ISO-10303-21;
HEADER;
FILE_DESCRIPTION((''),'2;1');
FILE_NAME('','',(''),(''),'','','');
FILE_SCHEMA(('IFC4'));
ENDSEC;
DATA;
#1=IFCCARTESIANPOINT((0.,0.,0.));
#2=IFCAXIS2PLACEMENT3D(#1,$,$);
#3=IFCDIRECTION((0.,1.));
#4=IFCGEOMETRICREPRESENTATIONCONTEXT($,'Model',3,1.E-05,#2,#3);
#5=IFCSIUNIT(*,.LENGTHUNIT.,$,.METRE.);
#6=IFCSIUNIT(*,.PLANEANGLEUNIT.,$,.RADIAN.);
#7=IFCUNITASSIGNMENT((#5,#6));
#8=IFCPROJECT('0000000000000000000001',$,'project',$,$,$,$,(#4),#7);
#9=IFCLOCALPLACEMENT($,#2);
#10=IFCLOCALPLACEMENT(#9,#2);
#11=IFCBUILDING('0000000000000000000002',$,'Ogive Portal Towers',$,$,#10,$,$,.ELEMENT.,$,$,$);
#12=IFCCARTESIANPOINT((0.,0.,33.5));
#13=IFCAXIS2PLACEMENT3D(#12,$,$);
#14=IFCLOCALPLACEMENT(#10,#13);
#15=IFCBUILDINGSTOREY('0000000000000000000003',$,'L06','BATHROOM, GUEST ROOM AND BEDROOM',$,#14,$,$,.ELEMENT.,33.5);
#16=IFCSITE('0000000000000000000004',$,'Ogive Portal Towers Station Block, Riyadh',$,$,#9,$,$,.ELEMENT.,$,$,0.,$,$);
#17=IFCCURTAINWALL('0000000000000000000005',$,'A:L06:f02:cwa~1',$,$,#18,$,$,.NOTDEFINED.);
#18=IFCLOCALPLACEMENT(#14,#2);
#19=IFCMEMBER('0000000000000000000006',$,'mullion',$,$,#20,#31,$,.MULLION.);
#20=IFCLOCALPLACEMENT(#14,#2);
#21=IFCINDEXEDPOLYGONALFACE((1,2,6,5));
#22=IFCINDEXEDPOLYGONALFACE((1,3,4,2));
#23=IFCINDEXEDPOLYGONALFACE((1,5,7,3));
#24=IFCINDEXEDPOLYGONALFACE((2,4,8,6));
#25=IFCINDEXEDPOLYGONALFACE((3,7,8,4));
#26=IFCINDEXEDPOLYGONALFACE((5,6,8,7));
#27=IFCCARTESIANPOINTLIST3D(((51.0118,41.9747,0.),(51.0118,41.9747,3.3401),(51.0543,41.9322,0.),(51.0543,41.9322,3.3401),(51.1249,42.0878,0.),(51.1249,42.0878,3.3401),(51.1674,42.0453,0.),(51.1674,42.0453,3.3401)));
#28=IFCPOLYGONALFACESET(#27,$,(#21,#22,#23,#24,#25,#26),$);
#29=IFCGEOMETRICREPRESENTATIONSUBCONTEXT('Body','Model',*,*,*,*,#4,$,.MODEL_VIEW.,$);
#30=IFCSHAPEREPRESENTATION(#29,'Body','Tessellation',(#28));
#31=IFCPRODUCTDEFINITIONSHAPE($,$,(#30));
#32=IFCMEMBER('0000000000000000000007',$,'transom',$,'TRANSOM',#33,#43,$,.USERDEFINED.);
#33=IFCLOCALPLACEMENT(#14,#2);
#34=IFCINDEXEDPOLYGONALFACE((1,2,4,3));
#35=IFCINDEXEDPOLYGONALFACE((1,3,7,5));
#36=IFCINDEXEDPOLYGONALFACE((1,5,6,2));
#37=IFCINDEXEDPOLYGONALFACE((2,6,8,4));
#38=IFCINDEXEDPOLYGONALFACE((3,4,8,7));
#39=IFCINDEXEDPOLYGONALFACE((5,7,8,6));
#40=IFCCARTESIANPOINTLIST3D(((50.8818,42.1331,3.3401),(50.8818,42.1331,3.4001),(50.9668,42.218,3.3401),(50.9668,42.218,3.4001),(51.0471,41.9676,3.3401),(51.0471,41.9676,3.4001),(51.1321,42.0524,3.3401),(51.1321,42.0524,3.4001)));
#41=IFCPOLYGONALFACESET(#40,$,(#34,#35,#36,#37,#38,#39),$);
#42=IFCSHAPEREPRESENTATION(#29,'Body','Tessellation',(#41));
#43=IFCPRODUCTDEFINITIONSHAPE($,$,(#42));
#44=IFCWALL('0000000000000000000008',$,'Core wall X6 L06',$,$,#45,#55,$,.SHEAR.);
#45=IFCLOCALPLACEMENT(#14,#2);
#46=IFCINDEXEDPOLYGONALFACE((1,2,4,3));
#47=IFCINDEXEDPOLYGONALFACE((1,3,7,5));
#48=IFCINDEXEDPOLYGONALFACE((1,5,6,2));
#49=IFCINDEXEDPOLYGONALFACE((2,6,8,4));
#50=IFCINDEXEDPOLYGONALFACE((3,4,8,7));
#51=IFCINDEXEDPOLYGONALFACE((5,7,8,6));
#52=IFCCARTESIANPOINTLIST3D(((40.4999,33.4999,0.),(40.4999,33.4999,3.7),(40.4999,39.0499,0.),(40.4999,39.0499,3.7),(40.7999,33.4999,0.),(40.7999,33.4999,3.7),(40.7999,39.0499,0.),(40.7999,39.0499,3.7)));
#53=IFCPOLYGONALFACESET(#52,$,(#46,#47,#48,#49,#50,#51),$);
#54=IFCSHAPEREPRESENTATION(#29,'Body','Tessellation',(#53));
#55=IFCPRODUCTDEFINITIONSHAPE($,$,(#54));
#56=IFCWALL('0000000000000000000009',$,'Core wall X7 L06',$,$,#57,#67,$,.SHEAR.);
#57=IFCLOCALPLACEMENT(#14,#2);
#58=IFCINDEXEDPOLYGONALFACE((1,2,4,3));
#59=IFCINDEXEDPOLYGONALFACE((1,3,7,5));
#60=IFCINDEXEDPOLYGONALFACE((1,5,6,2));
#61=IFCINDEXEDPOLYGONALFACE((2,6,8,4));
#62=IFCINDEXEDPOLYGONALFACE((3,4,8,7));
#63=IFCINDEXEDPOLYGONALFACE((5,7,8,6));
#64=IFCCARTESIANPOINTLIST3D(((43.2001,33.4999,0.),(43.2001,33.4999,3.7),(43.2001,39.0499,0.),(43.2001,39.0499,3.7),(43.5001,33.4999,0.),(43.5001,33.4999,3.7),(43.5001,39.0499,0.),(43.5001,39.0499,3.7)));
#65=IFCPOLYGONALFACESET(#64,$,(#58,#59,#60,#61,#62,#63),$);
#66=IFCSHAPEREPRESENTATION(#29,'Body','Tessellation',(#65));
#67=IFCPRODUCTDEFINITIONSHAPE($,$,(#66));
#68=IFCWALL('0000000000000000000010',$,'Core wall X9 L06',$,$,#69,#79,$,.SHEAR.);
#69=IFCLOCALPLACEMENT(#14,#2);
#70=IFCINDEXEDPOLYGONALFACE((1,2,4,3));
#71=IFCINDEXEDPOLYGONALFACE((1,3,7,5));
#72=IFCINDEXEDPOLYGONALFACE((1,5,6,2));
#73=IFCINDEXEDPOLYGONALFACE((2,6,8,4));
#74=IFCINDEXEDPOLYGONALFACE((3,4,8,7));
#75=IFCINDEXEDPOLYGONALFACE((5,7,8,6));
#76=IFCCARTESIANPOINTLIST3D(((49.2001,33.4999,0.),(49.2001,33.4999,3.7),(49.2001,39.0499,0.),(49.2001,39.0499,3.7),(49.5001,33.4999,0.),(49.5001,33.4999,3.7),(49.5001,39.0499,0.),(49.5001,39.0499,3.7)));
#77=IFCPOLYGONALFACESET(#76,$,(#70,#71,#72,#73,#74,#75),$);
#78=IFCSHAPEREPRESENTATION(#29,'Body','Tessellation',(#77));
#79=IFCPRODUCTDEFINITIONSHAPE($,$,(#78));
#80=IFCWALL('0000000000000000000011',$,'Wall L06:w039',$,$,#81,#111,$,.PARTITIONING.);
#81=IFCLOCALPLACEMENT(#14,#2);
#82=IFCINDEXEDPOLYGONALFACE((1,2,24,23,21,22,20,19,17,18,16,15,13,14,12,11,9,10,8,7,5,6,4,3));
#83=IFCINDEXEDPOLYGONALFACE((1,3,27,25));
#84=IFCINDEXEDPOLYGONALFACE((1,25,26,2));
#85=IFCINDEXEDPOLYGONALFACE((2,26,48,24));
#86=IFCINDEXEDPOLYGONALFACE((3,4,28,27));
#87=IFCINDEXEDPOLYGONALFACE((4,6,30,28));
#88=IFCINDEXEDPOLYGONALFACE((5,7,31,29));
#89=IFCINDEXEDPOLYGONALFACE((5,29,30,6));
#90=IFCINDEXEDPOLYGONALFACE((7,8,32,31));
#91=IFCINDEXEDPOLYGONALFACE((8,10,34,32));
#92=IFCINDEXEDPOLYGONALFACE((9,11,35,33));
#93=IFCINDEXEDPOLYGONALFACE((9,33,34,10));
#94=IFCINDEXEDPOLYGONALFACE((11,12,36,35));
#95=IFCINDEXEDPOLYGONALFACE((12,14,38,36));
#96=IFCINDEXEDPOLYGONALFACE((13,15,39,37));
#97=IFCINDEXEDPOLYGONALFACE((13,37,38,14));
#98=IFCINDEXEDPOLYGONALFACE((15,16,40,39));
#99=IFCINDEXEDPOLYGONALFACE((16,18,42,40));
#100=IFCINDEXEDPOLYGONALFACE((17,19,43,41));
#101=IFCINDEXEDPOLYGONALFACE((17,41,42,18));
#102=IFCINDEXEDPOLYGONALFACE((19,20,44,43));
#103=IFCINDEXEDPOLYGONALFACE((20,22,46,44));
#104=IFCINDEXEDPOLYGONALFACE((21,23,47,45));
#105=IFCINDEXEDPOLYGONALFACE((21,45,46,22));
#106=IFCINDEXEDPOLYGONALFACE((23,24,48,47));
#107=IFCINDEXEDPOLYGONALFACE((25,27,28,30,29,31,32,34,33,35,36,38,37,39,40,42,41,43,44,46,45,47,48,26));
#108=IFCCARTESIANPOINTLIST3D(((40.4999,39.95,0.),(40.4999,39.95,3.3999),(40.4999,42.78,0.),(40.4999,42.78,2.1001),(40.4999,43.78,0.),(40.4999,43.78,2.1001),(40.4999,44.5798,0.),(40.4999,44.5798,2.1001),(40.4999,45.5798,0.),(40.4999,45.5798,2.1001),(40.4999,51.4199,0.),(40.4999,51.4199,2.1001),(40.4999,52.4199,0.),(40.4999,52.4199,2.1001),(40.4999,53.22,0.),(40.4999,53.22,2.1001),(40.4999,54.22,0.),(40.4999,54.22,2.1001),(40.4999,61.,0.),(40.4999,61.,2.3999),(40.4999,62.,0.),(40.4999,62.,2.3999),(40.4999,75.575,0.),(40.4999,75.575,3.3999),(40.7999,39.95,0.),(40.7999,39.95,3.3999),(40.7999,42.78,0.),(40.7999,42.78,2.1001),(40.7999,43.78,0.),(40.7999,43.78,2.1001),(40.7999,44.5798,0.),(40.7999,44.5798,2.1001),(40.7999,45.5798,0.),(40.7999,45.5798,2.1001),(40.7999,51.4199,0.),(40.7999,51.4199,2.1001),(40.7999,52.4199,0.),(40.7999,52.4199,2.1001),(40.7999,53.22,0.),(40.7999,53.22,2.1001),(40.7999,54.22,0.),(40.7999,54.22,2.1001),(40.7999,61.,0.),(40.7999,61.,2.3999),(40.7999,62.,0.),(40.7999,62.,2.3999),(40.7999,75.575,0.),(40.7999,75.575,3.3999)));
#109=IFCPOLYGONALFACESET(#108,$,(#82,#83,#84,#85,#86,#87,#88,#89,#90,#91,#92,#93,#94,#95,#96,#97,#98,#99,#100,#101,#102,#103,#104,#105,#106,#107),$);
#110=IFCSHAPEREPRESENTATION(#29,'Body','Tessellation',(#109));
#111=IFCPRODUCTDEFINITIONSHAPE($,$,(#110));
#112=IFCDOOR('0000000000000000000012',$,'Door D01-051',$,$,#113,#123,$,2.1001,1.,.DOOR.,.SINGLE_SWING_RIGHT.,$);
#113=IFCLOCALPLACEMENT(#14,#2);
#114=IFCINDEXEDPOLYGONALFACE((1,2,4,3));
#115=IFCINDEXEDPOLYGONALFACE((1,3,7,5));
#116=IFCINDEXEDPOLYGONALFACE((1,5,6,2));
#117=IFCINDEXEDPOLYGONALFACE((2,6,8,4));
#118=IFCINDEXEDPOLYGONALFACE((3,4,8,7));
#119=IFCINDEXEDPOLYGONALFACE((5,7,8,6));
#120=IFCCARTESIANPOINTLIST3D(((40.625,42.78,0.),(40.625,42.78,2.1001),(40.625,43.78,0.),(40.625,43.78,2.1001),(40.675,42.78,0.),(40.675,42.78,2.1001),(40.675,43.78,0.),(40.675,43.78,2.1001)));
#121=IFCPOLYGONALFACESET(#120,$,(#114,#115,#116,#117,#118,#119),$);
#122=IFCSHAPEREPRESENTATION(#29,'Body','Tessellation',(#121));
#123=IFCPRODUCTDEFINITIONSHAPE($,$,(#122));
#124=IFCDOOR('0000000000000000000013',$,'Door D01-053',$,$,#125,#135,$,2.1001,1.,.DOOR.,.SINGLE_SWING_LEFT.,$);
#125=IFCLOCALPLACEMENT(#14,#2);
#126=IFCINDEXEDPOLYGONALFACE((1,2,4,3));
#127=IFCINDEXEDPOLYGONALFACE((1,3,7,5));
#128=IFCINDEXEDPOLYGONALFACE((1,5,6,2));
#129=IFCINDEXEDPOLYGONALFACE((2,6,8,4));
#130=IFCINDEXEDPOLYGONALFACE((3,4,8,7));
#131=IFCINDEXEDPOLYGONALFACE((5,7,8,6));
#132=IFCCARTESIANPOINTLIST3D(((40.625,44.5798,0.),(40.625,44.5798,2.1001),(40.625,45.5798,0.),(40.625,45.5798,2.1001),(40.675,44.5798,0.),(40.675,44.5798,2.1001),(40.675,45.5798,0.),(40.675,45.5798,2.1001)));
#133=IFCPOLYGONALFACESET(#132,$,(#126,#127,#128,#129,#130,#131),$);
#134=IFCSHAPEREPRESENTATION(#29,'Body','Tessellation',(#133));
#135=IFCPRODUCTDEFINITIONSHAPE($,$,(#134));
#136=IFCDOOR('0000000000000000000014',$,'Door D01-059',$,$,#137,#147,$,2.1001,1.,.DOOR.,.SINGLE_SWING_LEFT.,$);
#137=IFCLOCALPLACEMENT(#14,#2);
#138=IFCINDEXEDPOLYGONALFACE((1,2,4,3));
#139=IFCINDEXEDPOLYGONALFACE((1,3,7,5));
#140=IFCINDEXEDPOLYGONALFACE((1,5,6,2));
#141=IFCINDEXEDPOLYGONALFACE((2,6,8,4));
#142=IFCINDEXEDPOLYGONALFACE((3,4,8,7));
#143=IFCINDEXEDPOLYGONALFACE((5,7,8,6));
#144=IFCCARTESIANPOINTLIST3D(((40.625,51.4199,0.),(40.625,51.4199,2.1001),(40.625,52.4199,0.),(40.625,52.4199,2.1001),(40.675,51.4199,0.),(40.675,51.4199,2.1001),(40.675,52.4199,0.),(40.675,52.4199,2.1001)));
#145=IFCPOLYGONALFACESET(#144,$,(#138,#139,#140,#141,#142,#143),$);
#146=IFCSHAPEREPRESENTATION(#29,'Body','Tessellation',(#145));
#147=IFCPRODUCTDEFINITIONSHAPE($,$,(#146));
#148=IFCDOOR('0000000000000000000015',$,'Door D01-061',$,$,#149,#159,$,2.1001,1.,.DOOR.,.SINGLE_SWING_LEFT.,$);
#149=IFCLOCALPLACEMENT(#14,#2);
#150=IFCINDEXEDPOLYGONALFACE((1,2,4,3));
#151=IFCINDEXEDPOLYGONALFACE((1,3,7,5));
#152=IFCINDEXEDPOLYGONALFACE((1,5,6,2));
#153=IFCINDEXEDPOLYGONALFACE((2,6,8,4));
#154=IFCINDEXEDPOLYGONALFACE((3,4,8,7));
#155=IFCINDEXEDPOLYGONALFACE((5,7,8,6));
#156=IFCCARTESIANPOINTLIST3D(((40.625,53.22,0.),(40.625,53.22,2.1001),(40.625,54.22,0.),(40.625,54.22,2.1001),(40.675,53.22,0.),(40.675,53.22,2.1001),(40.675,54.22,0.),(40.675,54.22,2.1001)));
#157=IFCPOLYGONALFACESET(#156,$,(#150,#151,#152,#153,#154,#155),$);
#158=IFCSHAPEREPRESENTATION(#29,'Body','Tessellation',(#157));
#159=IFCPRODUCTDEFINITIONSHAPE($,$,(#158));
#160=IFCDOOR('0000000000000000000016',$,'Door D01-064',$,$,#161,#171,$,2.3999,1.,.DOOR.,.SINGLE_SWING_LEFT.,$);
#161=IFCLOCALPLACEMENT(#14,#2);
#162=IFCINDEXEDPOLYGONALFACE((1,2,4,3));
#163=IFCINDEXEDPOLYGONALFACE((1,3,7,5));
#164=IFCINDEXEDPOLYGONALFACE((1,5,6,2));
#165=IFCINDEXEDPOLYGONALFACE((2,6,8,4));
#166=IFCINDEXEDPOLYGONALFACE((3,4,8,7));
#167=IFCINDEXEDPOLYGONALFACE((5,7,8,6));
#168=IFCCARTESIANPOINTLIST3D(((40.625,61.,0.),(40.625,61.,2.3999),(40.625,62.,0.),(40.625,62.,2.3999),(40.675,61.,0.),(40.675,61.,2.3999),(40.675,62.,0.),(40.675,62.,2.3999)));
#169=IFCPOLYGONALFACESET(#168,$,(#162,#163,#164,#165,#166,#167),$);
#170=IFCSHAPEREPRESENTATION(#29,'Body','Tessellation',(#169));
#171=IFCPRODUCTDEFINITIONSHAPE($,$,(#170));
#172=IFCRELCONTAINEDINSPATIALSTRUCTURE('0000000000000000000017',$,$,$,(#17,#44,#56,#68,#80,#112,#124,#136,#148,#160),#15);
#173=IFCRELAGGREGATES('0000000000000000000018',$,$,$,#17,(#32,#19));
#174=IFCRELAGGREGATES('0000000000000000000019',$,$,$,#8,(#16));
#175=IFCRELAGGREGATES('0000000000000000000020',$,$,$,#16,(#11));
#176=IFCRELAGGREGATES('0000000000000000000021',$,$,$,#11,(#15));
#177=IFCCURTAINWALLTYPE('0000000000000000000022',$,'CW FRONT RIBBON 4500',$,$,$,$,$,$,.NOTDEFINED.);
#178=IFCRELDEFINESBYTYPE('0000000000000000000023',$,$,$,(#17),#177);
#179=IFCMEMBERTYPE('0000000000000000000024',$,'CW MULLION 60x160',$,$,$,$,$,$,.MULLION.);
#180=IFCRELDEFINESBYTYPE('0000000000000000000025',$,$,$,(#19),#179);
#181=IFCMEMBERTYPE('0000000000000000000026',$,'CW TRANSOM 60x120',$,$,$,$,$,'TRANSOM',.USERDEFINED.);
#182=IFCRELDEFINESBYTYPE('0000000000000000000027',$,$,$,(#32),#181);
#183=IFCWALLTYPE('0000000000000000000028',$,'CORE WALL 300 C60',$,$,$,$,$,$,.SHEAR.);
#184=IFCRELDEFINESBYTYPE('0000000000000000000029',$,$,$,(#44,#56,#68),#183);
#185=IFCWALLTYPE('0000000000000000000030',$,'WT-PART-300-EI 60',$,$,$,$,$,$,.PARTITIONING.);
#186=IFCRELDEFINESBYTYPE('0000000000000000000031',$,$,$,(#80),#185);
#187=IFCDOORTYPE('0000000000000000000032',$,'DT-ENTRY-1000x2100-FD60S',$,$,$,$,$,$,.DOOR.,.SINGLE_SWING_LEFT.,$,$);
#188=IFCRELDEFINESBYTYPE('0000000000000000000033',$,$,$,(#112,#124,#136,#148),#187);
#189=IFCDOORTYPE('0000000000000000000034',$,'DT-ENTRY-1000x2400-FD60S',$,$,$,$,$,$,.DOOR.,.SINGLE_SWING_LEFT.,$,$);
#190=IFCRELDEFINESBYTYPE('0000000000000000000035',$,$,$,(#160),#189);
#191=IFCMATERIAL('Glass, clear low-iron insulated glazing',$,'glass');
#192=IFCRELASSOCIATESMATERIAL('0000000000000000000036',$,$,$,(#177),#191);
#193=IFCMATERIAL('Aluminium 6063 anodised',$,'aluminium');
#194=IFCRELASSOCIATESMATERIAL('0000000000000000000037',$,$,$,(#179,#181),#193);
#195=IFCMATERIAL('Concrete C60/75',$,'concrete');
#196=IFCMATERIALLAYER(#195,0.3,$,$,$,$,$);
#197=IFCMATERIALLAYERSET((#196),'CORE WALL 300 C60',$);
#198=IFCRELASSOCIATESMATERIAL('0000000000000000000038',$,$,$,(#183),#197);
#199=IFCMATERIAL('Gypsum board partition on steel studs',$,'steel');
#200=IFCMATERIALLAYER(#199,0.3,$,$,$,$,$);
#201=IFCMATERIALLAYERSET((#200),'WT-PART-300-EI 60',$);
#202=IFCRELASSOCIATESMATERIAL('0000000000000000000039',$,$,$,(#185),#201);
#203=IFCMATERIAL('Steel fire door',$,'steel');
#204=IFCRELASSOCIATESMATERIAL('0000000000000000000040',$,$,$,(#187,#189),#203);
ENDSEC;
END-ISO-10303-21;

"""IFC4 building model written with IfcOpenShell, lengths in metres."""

from ifc_helpers import new_model, si_unit, direction, frame, frame_2d, origin, origin_2d, place, context, subcontext, project, spatial, rectangle, extrude, material, layer, layer_set, material_profile, profile_set, type_object, element, fill, aggregate, save


model = new_model("IFC4")

# Units and contexts
model_context = context("Model", 3, precision=1e-05, world=origin(), true_north=direction((0.0, 1.0)))
body_context = subcontext(model_context, "Body", "Model", "MODEL_VIEW")
ifc_project = project(units=[si_unit("LENGTHUNIT", "METRE"), si_unit("PLANEANGLEUNIT", "RADIAN")], contexts=[model_context])

# Site, building, storey
site_placement = place(None, origin())
site = spatial("IfcSite", under=ifc_project, at=site_placement, Name="Ogive Portal Towers Station Block, Riyadh", CompositionType="ELEMENT", RefElevation=0.0)
building_placement = place(site_placement, origin())
building = spatial("IfcBuilding", under=site, at=building_placement, Name="Ogive Portal Towers", CompositionType="ELEMENT")
storey_placement = place(building_placement, frame((0.0, 0.0, 33.5)))
storey = spatial("IfcBuildingStorey", under=building, at=storey_placement, Name="L06", Description="BATHROOM, GUEST ROOM AND BEDROOM", CompositionType="ELEMENT", Elevation=33.5)

# Curtain wall, members
ifc_material_1 = material(Name="Glass, clear low-iron insulated glazing", Category="glass")
curtain_wall_type = type_object("IfcCurtainWallType", Name="CW FRONT RIBBON 4500", PredefinedType="NOTDEFINED", material=ifc_material_1)
curtain_wall_placement = place(storey_placement, origin())
curtain_wall = element("IfcCurtainWall", 1, at=curtain_wall_placement, inside=storey, type_object=curtain_wall_type, Name="A:L06:f02:cwa~1", PredefinedType="NOTDEFINED")
ifc_material_2 = material(Name="Aluminium 6063 anodised", Category="aluminium")
ifc_material_profile_1 = material_profile(ifc_material_2, rectangle(XDim=0.1599, YDim=0.0601, at=origin_2d()), Name="AL 60x160")
ifc_profile_set_1 = profile_set([ifc_material_profile_1], Name="Aluminium 6063 anodised")
member_type_1 = type_object("IfcMemberType", Name="CW MULLION 60x160", PredefinedType="MULLION", material=ifc_profile_set_1)
member_1_placement = place(storey_placement, frame((51.0896, 42.01, 0.0), z_axis=(0.0, 0.0, 1.0), x_axis=(-0.707107, -0.707107, 0.0)))
member_1 = element("IfcMember", 2, at=member_1_placement, type_object=member_type_1, Name="mullion", PredefinedType="MULLION", context=body_context, shape_type="SweptSolid", body=[
    extrude(rectangle(XDim=0.1599, YDim=0.0601, at=origin_2d()), origin(), (0.0, 0.0, 1.0), 3.3401),
])
ifc_material_profile_2 = material_profile(ifc_material_2, rectangle(XDim=0.1201, YDim=0.0601, at=origin_2d()), Name="AL 120x60")
ifc_profile_set_2 = profile_set([ifc_material_profile_2], Name="Aluminium 6063 anodised")
member_type_2 = type_object("IfcMemberType", Name="CW TRANSOM 60x120", ElementType="TRANSOM", PredefinedType="USERDEFINED", material=ifc_profile_set_2)
member_2_placement = place(storey_placement, frame((51.0896, 42.01, 3.3701), z_axis=(-0.706585, 0.707628, 0.0), x_axis=(-0.707628, -0.706585, 0.0)))
member_2 = element("IfcMember", 3, at=member_2_placement, type_object=member_type_2, Name="transom", ObjectType="TRANSOM", PredefinedType="USERDEFINED", context=body_context, shape_type="SweptSolid", body=[
    extrude(rectangle(XDim=0.1201, YDim=0.0601, at=origin_2d()), origin(), (0.0, 0.0, 1.0), 0.2339),
])
aggregate(curtain_wall, [member_2, member_1])

# Shared definitions
ifc_material_3 = material(Name="Concrete C60/75", Category="concrete")
ifc_layer_1 = layer(ifc_material_3, 0.3)
ifc_layer_set_1 = layer_set([ifc_layer_1], Name="CORE WALL 300 C60")
wall_type_1 = type_object("IfcWallType", Name="CORE WALL 300 C60", PredefinedType="SHEAR", material=ifc_layer_set_1)
ifc_material_4 = material(Name="Steel fire door", Category="steel")

# Walls
for number, where, z_axis, x_axis, name in (
    (4, (40.6499, 33.5, 0.0), (0.0, 0.0, 1.0), (0.0, 1.0, 0.0), "Core wall X6 L06"),
    (5, (43.3501, 33.5, 0.0), (0.0, 0.0, 1.0), (0.0, 1.0, 0.0), "Core wall X7 L06"),
    (6, (49.3501, 33.5, 0.0), (0.0, 0.0, 1.0), (0.0, 1.0, 0.0), "Core wall X9 L06"),
):
    element("IfcWall", number, at=place(storey_placement, frame(where, z_axis=z_axis, x_axis=x_axis)), inside=storey, type_object=wall_type_1, Name=name, PredefinedType="SHEAR", context=body_context, shape_type="SweptSolid", body=[
        extrude(rectangle(XDim=5.55, YDim=0.3, at=frame_2d((2.7749, 0.0))), origin(), (0.0, 0.0, 1.0), 3.7),
    ])

# Wall, openings, doors
ifc_material_5 = material(Name="Gypsum board partition on steel studs", Category="steel")
ifc_layer_2 = layer(ifc_material_5, 0.3)
ifc_layer_set_2 = layer_set([ifc_layer_2], Name="WT-PART-300-EI 60")
wall_type_2 = type_object("IfcWallType", Name="WT-PART-300-EI 60", PredefinedType="PARTITIONING", material=ifc_layer_set_2)
wall_1_placement = place(storey_placement, frame((40.6499, 39.95, 0.0), z_axis=(0.0, 0.0, 1.0), x_axis=(0.0, 1.0, 0.0)))
wall_1 = element("IfcWall", 7, at=wall_1_placement, inside=storey, type_object=wall_type_2, Name="Wall L06:w039", PredefinedType="PARTITIONING", context=body_context, shape_type="SweptSolid", body=[
    extrude(rectangle(XDim=35.625, YDim=0.3, at=frame_2d((17.8125, 0.0))), origin(), (0.0, 0.0, 1.0), 3.3999),
])
opening_1_placement = place(wall_1_placement, frame((2.8301, 0.0, 0.0)))
opening_1 = element("IfcOpeningElement", 8, at=opening_1_placement, cuts=wall_1, PredefinedType="OPENING", context=body_context, shape_type="SweptSolid", body=[
    extrude(rectangle(XDim=1.0, YDim=2.1001, at=frame_2d((0.5, 1.05))), frame((0.0, 0.1602, 0.0), z_axis=(0.0, -1.0, 0.0), x_axis=(1.0, 0.0, 0.0)), (0.0, 0.0, 1.0), 0.3201),
])
opening_2_placement = place(wall_1_placement, frame((4.6299, 0.0, 0.0)))
opening_2 = element("IfcOpeningElement", 9, at=opening_2_placement, cuts=wall_1, PredefinedType="OPENING", context=body_context, shape_type="SweptSolid", body=[
    extrude(rectangle(XDim=1.0, YDim=2.1001, at=frame_2d((0.5, 1.05))), frame((0.0, 0.1602, 0.0), z_axis=(0.0, -1.0, 0.0), x_axis=(1.0, 0.0, 0.0)), (0.0, 0.0, 1.0), 0.3201),
])
opening_3_placement = place(wall_1_placement, frame((11.47, 0.0, 0.0)))
opening_3 = element("IfcOpeningElement", 10, at=opening_3_placement, cuts=wall_1, PredefinedType="OPENING", context=body_context, shape_type="SweptSolid", body=[
    extrude(rectangle(XDim=1.0, YDim=2.1001, at=frame_2d((0.5, 1.05))), frame((0.0, 0.1602, 0.0), z_axis=(0.0, -1.0, 0.0), x_axis=(1.0, 0.0, 0.0)), (0.0, 0.0, 1.0), 0.3201),
])
opening_4_placement = place(wall_1_placement, frame((13.27, 0.0, 0.0)))
opening_4 = element("IfcOpeningElement", 11, at=opening_4_placement, cuts=wall_1, PredefinedType="OPENING", context=body_context, shape_type="SweptSolid", body=[
    extrude(rectangle(XDim=1.0, YDim=2.1001, at=frame_2d((0.5, 1.05))), frame((0.0, 0.1602, 0.0), z_axis=(0.0, -1.0, 0.0), x_axis=(1.0, 0.0, 0.0)), (0.0, 0.0, 1.0), 0.3201),
])
opening_5_placement = place(wall_1_placement, frame((21.05, 0.0, 0.0)))
opening_5 = element("IfcOpeningElement", 12, at=opening_5_placement, cuts=wall_1, PredefinedType="OPENING", context=body_context, shape_type="SweptSolid", body=[
    extrude(rectangle(XDim=1.0, YDim=2.3999, at=frame_2d((0.5, 1.2))), frame((0.0, 0.1602, 0.0), z_axis=(0.0, -1.0, 0.0), x_axis=(1.0, 0.0, 0.0)), (0.0, 0.0, 1.0), 0.3201),
])
door_type_1 = type_object("IfcDoorType", Name="DT-ENTRY-1000x2100-FD60S", OperationType="SINGLE_SWING_LEFT", PredefinedType="DOOR", material=ifc_material_4)
door_1_placement = place(opening_1_placement, origin())
door_1 = element("IfcDoor", 13, at=door_1_placement, inside=storey, type_object=door_type_1, Name="Door D01-051", OperationType="SINGLE_SWING_RIGHT", OverallHeight=2.1001, OverallWidth=1.0, PredefinedType="DOOR", context=body_context, shape_type="SweptSolid", body=[
    extrude(rectangle(XDim=1.0, YDim=2.1001, at=frame_2d((0.5, 1.05))), frame((0.0, 0.0249, 0.0), z_axis=(0.0, -1.0, 0.0), x_axis=(1.0, 0.0, 0.0)), (0.0, 0.0, 1.0), 0.05),
])
fill(opening_1, door_1)
door_2_placement = place(opening_2_placement, origin())
door_2 = element("IfcDoor", 14, at=door_2_placement, inside=storey, type_object=door_type_1, Name="Door D01-053", OperationType="SINGLE_SWING_LEFT", OverallHeight=2.1001, OverallWidth=1.0, PredefinedType="DOOR", context=body_context, shape_type="SweptSolid", body=[
    extrude(rectangle(XDim=1.0, YDim=2.1001, at=frame_2d((0.5, 1.05))), frame((0.0, 0.0249, 0.0), z_axis=(0.0, -1.0, 0.0), x_axis=(1.0, 0.0, 0.0)), (0.0, 0.0, 1.0), 0.05),
])
fill(opening_2, door_2)
door_3_placement = place(opening_3_placement, origin())
door_3 = element("IfcDoor", 15, at=door_3_placement, inside=storey, type_object=door_type_1, Name="Door D01-059", OperationType="SINGLE_SWING_LEFT", OverallHeight=2.1001, OverallWidth=1.0, PredefinedType="DOOR", context=body_context, shape_type="SweptSolid", body=[
    extrude(rectangle(XDim=1.0, YDim=2.1001, at=frame_2d((0.5, 1.05))), frame((0.0, 0.0249, 0.0), z_axis=(0.0, -1.0, 0.0), x_axis=(1.0, 0.0, 0.0)), (0.0, 0.0, 1.0), 0.05),
])
fill(opening_3, door_3)
door_4_placement = place(opening_4_placement, origin())
door_4 = element("IfcDoor", 16, at=door_4_placement, inside=storey, type_object=door_type_1, Name="Door D01-061", OperationType="SINGLE_SWING_LEFT", OverallHeight=2.1001, OverallWidth=1.0, PredefinedType="DOOR", context=body_context, shape_type="SweptSolid", body=[
    extrude(rectangle(XDim=1.0, YDim=2.1001, at=frame_2d((0.5, 1.05))), frame((0.0, 0.0249, 0.0), z_axis=(0.0, -1.0, 0.0), x_axis=(1.0, 0.0, 0.0)), (0.0, 0.0, 1.0), 0.05),
])
fill(opening_4, door_4)
door_type_2 = type_object("IfcDoorType", Name="DT-ENTRY-1000x2400-FD60S", OperationType="SINGLE_SWING_LEFT", PredefinedType="DOOR", material=ifc_material_4)
door_5_placement = place(opening_5_placement, origin())
door_5 = element("IfcDoor", 17, at=door_5_placement, inside=storey, type_object=door_type_2, Name="Door D01-064", OperationType="SINGLE_SWING_LEFT", OverallHeight=2.3999, OverallWidth=1.0, PredefinedType="DOOR", context=body_context, shape_type="SweptSolid", body=[
    extrude(rectangle(XDim=1.0, YDim=2.3999, at=frame_2d((0.5, 1.2))), frame((0.0, 0.0249, 0.0), z_axis=(0.0, -1.0, 0.0), x_axis=(1.0, 0.0, 0.0)), (0.0, 0.0, 1.0), 0.05),
])
fill(opening_5, door_5)

save(model, "model.ifc")
